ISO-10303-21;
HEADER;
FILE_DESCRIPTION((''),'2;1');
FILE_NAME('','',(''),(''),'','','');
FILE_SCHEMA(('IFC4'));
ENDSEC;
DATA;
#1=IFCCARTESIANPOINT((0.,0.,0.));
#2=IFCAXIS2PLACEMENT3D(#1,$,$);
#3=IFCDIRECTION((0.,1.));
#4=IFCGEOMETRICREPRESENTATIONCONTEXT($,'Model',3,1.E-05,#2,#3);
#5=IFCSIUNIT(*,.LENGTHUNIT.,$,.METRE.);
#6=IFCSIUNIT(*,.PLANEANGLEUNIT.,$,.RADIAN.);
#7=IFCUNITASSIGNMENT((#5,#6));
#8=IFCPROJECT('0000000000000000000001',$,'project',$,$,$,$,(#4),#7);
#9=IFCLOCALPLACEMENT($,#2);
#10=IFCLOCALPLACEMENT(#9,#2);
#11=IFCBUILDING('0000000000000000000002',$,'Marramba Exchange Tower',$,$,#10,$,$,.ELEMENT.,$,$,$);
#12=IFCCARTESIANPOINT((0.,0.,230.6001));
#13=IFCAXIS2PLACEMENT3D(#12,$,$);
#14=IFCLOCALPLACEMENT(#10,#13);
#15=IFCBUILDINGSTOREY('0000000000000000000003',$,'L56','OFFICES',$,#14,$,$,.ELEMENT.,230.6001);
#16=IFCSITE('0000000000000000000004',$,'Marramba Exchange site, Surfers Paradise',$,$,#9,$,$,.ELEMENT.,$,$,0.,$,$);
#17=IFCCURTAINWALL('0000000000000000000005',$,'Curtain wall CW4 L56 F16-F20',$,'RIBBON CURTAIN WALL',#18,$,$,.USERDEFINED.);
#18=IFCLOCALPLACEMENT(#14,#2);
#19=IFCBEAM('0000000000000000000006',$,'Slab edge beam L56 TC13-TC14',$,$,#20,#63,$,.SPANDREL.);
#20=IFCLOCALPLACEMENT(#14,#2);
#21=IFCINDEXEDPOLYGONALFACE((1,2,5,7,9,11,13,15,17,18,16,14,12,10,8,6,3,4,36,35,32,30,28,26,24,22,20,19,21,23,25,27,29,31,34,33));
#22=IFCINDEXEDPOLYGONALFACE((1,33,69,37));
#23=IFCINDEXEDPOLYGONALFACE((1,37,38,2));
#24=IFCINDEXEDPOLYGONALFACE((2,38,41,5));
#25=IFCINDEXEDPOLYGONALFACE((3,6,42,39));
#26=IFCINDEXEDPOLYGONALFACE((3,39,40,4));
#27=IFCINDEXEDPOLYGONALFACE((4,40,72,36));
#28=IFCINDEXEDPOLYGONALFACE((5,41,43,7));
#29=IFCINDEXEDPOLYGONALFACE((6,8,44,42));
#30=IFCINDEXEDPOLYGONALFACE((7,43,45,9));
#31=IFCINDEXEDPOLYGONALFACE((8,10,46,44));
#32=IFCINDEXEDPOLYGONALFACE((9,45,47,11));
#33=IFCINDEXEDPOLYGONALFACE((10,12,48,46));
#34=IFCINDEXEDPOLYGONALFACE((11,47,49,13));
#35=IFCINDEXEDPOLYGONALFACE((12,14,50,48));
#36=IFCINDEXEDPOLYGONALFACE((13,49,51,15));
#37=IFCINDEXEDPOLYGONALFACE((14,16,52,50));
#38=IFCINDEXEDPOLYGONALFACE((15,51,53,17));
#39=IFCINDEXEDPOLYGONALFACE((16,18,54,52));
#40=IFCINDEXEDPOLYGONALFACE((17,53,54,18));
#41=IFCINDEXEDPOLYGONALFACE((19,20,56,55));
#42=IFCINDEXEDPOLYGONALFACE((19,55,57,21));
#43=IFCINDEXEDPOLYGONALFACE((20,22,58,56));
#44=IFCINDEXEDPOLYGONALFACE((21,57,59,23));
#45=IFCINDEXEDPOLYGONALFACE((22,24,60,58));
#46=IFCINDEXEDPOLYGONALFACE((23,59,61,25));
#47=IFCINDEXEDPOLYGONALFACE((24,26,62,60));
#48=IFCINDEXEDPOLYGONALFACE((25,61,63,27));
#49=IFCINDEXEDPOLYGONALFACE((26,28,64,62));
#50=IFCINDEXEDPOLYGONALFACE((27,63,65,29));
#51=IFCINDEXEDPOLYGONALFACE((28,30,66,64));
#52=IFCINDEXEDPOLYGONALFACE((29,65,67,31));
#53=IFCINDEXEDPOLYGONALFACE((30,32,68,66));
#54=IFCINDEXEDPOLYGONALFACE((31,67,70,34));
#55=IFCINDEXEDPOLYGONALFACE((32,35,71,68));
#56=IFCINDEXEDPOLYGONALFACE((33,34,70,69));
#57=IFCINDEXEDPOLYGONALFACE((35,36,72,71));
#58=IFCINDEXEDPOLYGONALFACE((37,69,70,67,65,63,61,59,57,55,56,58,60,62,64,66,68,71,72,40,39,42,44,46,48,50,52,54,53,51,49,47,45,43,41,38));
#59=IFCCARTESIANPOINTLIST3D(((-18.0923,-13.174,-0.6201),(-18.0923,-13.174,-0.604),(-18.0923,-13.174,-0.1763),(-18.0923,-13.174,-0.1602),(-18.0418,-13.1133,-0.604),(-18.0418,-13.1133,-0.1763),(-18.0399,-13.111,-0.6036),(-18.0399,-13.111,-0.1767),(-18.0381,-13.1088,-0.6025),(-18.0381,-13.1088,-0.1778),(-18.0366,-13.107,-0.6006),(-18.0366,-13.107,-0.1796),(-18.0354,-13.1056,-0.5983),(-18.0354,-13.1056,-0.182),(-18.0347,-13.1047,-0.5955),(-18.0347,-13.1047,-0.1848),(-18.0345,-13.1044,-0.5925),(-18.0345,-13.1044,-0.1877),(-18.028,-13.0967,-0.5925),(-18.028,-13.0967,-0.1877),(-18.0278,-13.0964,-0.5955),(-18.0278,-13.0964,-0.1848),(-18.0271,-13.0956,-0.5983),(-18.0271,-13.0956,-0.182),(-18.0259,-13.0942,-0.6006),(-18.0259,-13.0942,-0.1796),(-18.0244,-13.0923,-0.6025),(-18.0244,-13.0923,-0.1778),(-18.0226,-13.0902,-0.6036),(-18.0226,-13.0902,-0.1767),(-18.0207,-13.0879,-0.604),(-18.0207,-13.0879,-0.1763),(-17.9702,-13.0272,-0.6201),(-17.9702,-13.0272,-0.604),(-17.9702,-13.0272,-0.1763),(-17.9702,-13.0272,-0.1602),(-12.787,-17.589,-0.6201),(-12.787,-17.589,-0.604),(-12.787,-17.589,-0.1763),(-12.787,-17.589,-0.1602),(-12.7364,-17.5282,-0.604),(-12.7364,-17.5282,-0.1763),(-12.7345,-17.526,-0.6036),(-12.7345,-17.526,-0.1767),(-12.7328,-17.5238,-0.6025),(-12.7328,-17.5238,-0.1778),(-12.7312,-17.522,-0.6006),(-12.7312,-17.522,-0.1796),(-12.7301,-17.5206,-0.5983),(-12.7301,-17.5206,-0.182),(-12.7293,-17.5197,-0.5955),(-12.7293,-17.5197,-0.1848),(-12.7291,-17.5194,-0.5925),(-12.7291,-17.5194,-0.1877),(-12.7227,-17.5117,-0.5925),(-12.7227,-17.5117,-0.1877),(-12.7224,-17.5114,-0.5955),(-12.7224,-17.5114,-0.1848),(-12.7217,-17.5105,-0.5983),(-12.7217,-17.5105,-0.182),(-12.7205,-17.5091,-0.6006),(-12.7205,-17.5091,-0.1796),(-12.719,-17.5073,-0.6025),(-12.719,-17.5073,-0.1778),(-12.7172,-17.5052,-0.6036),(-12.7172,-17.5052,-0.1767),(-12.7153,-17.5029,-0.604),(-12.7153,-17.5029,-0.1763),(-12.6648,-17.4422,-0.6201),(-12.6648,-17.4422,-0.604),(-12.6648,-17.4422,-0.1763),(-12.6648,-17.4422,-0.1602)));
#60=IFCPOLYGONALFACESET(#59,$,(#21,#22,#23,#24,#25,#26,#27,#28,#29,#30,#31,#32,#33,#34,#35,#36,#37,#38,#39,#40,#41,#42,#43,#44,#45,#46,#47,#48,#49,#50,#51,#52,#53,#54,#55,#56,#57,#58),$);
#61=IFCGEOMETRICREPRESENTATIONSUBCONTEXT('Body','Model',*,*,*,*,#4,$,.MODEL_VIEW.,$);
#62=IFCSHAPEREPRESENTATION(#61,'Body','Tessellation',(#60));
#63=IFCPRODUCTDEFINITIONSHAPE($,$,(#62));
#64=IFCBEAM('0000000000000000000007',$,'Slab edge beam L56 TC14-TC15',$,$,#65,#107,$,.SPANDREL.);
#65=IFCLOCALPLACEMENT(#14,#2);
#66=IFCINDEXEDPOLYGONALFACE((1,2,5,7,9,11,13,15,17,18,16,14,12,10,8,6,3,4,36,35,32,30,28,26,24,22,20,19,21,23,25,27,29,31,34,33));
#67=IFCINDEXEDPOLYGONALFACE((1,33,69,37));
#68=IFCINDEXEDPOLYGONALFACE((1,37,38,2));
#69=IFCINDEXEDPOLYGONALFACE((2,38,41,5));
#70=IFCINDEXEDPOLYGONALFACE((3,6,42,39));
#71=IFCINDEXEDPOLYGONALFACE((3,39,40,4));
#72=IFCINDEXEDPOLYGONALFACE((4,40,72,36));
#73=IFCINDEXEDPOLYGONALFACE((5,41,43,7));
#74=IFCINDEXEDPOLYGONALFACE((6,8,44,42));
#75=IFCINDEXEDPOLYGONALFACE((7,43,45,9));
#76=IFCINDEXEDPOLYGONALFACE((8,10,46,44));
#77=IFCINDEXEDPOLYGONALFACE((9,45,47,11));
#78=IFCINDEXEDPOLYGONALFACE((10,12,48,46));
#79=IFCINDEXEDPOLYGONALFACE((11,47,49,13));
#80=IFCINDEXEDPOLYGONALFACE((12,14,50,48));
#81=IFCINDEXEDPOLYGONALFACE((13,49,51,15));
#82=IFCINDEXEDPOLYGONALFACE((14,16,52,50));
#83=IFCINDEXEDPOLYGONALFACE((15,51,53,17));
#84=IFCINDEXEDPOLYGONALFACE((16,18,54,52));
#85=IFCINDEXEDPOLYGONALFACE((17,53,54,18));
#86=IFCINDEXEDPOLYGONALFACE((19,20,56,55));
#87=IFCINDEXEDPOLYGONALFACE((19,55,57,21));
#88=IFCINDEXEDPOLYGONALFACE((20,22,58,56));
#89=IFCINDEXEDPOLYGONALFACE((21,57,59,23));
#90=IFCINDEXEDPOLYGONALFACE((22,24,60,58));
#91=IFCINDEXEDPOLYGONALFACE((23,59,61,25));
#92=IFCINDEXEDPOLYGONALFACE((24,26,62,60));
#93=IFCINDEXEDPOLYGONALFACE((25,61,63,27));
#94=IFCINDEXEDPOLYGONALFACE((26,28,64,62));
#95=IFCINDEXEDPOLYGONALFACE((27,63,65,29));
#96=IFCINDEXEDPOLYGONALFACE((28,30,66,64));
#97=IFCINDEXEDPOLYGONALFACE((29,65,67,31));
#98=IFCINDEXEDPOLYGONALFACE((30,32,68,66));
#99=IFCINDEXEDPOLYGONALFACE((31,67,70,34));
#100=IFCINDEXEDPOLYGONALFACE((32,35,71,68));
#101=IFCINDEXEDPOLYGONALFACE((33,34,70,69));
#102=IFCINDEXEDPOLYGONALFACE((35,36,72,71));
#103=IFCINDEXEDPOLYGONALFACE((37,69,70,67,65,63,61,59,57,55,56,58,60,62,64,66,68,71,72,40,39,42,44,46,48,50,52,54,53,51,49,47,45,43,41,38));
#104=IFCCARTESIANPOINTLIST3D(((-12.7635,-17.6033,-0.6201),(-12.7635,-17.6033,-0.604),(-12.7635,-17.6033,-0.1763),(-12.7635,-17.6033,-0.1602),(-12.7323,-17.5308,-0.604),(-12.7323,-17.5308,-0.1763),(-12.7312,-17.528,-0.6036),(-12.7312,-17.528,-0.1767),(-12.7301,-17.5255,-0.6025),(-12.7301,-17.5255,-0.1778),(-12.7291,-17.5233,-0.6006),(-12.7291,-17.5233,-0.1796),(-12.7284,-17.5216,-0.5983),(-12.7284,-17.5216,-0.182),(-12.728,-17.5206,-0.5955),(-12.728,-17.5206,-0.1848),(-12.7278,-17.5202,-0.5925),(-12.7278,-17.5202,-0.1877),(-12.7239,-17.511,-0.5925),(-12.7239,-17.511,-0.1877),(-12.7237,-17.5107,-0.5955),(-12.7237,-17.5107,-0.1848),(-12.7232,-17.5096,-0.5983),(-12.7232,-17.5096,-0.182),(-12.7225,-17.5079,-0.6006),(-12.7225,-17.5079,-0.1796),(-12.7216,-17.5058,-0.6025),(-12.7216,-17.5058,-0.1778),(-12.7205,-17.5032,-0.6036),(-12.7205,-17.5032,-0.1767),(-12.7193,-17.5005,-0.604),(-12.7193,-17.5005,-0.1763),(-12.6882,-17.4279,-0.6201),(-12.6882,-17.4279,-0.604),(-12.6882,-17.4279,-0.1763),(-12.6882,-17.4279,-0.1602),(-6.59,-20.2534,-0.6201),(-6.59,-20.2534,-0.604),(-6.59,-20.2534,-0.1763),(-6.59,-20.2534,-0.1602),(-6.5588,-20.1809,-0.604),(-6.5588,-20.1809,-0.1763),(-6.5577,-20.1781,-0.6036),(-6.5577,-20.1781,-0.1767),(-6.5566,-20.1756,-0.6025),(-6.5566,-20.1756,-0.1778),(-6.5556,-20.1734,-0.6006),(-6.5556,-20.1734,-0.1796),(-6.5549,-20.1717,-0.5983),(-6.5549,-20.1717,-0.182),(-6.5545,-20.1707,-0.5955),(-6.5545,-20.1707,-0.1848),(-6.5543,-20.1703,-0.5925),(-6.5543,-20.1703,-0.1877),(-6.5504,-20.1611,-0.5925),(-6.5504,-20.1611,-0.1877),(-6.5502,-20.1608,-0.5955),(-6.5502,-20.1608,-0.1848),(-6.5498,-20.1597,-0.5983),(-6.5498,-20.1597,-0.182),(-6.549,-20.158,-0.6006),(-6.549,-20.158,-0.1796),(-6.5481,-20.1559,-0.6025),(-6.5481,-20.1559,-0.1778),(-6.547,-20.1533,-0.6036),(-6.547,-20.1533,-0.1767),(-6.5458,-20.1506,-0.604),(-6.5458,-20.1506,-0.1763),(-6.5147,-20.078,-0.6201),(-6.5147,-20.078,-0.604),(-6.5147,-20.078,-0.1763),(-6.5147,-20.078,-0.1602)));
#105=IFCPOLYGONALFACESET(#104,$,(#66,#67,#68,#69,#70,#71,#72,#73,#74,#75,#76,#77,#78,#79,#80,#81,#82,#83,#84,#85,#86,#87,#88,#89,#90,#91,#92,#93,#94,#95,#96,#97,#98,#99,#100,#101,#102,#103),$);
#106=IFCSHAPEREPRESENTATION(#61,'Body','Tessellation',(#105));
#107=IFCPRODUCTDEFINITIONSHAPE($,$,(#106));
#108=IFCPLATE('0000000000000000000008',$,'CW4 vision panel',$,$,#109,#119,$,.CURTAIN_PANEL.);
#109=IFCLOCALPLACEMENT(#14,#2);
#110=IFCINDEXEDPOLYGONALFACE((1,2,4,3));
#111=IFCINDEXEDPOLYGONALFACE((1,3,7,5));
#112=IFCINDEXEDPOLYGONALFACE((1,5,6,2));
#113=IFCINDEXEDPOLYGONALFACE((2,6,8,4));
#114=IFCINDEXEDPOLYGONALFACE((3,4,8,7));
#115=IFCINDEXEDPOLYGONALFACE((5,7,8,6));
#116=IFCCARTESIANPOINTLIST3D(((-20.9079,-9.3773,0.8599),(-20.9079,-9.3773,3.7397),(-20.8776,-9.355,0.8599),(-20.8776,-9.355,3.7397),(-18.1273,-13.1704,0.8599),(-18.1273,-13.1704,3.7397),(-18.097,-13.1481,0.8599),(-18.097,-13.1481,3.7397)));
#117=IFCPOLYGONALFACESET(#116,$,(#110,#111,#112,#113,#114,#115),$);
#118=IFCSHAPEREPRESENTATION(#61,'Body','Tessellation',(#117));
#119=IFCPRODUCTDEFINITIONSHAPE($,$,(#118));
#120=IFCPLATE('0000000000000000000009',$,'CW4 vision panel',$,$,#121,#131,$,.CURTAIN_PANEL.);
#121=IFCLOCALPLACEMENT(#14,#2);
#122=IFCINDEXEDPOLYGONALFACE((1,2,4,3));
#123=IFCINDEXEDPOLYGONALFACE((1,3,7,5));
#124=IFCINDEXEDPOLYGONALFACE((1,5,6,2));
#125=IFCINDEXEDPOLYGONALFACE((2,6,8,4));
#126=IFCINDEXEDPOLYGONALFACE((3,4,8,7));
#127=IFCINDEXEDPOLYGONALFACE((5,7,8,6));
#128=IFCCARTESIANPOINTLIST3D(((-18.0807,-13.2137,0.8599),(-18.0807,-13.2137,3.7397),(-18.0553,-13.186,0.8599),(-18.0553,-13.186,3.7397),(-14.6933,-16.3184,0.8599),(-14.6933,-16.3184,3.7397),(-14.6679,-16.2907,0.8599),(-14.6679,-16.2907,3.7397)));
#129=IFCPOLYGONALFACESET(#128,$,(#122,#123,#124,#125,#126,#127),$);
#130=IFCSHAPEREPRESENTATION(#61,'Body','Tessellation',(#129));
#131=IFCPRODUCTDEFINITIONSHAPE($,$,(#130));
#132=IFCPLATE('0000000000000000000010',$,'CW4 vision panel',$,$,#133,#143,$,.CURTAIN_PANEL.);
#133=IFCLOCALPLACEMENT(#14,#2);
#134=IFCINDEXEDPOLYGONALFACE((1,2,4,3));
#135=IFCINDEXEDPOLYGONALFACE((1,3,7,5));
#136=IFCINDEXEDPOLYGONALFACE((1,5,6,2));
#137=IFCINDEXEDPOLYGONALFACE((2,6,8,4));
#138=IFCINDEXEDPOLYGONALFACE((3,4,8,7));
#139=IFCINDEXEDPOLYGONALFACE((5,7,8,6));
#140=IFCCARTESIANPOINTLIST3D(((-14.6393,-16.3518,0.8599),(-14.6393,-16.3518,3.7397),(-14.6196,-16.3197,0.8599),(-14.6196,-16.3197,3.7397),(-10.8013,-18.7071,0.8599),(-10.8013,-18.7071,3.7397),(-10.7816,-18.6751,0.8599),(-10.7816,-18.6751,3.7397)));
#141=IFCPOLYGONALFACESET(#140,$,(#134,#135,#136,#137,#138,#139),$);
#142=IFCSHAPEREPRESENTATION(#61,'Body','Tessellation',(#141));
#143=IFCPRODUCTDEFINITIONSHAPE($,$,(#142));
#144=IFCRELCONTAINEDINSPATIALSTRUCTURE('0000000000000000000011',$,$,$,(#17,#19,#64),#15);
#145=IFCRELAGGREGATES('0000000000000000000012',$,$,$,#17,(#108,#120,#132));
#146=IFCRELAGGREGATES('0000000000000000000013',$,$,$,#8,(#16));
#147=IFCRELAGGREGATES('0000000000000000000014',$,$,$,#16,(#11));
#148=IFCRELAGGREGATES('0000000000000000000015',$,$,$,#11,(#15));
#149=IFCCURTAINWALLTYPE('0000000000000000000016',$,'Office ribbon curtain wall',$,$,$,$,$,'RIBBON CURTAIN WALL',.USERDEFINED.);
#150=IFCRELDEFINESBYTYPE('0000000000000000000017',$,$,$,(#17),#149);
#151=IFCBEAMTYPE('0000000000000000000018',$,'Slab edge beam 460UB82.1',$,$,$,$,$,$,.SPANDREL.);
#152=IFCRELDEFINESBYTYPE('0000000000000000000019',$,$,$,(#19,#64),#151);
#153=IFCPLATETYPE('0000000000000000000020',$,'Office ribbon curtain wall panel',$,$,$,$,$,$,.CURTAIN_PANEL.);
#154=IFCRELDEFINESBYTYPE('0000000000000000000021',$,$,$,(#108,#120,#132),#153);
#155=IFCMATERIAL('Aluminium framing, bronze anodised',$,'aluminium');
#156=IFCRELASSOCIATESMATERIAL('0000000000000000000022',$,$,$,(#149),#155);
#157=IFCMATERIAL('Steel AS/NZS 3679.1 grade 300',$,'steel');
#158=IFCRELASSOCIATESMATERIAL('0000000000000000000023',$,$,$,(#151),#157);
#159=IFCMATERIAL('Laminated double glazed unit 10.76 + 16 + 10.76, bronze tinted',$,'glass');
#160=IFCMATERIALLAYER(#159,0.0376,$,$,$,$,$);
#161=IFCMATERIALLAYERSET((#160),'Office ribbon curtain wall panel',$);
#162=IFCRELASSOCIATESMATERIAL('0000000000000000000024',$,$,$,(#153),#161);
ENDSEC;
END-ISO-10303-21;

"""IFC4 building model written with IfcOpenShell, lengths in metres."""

from ifc_helpers import new_model, si_unit, direction, frame, origin, origin_2d, place, context, subcontext, project, spatial, rectangle, i_section, extrude, material, layer, layer_set, material_profile, profile_set, type_object, element, aggregate, save


model = new_model("IFC4")

# Units and contexts
model_context = context("Model", 3, precision=1e-05, world=origin(), true_north=direction((0.0, 1.0)))
body_context = subcontext(model_context, "Body", "Model", "MODEL_VIEW")
ifc_project = project(units=[si_unit("LENGTHUNIT", "METRE"), si_unit("PLANEANGLEUNIT", "RADIAN")], contexts=[model_context])

# Site, building, storey
site_placement = place(None, origin())
site = spatial("IfcSite", under=ifc_project, at=site_placement, Name="Marramba Exchange site, Surfers Paradise", CompositionType="ELEMENT", RefElevation=0.0)
building_placement = place(site_placement, origin())
building = spatial("IfcBuilding", under=site, at=building_placement, Name="Marramba Exchange Tower", CompositionType="ELEMENT")
storey_placement = place(building_placement, frame((0.0, 0.0, 230.6001)))
storey = spatial("IfcBuildingStorey", under=building, at=storey_placement, Name="L56", Description="OFFICES", CompositionType="ELEMENT", Elevation=230.6001)

# Curtain wall
ifc_material_1 = material(Name="Aluminium framing, bronze anodised", Category="aluminium")
curtain_wall_type = type_object("IfcCurtainWallType", Name="Office ribbon curtain wall", ElementType="RIBBON CURTAIN WALL", PredefinedType="USERDEFINED", material=ifc_material_1)
curtain_wall_placement = place(storey_placement, origin())
curtain_wall = element("IfcCurtainWall", 1, at=curtain_wall_placement, inside=storey, type_object=curtain_wall_type, Name="Curtain wall CW4 L56 F16-F20", ObjectType="RIBBON CURTAIN WALL", PredefinedType="USERDEFINED")

# Beams
ifc_material_2 = material(Name="Steel AS/NZS 3679.1 grade 300", Category="steel")
ifc_material_profile_1 = material_profile(ifc_material_2, i_section(OverallWidth=0.1909, OverallDepth=0.46, WebThickness=0.01, FlangeThickness=0.0161, FilletRadius=0.0115, at=origin_2d()), Name="460UB82.1")
ifc_profile_set_1 = profile_set([ifc_material_profile_1], Name="Steel AS/NZS 3679.1 grade 300")
beam_type_1 = type_object("IfcBeamType", Name="Slab edge beam 460UB82.1", PredefinedType="SPANDREL", material=ifc_profile_set_1)
beam_1_placement = place(storey_placement, frame((-18.0312, -13.1006, -0.3901), z_axis=(0.768659, -0.639659, 0.0), x_axis=(0.639659, 0.768659, 0.0)))
element("IfcBeam", 2, at=beam_1_placement, inside=storey, type_object=beam_type_1, Name="Slab edge beam L56 TC13-TC14", PredefinedType="SPANDREL", context=body_context, shape_type="SweptSolid", body=[
    extrude(i_section(OverallWidth=0.1909, OverallDepth=0.46, WebThickness=0.01, FlangeThickness=0.0161, FilletRadius=0.0115, at=origin_2d()), origin(), (0.0, 0.0, 1.0), 6.9021),
])
beam_2_placement = place(storey_placement, frame((-12.7258, -17.5156, -0.3901), z_axis=(0.918912, -0.394463, 0.0), x_axis=(0.394463, 0.918912, 0.0)))
element("IfcBeam", 3, at=beam_2_placement, inside=storey, type_object=beam_type_1, Name="Slab edge beam L56 TC14-TC15", PredefinedType="SPANDREL", context=body_context, shape_type="SweptSolid", body=[
    extrude(i_section(OverallWidth=0.1909, OverallDepth=0.46, WebThickness=0.01, FlangeThickness=0.0161, FilletRadius=0.0115, at=origin_2d()), origin(), (0.0, 0.0, 1.0), 6.7183),
])

# Plates
ifc_material_3 = material(Name="Laminated double glazed unit 10.76 + 16 + 10.76, bronze tinted", Category="glass")
ifc_layer_1 = layer(ifc_material_3, 0.0376)
ifc_layer_set_1 = layer_set([ifc_layer_1], Name="Office ribbon curtain wall panel")
plate_type = type_object("IfcPlateType", Name="Office ribbon curtain wall panel", PredefinedType="CURTAIN_PANEL", material=ifc_layer_set_1)
plate_1_placement = place(storey_placement, frame((-19.5024, -11.2627, 0.8599), z_axis=(0.0, 0.0, 1.0), x_axis=(0.591223, -0.806508, 0.0)))
plate_1 = element("IfcPlate", 4, at=plate_1_placement, type_object=plate_type, Name="CW4 vision panel", PredefinedType="CURTAIN_PANEL", context=body_context, shape_type="SweptSolid", body=[
    extrude(rectangle(XDim=4.7031, YDim=0.0376, at=origin_2d()), origin(), (0.0, 0.0, 1.0), 2.8799),
])
plate_2_placement = place(storey_placement, frame((-16.3743, -14.7522, 0.8599), z_axis=(0.0, 0.0, 1.0), x_axis=(0.737203, -0.675671, 0.0)))
plate_2 = element("IfcPlate", 5, at=plate_2_placement, type_object=plate_type, Name="CW4 vision panel", PredefinedType="CURTAIN_PANEL", context=body_context, shape_type="SweptSolid", body=[
    extrude(rectangle(XDim=4.595, YDim=0.0376, at=origin_2d()), origin(), (0.0, 0.0, 1.0), 2.8799),
])
plate_3_placement = place(storey_placement, frame((-12.7104, -17.5134, 0.8599), z_axis=(0.0, 0.0, 1.0), x_axis=(0.852301, -0.523052, 0.0)))
plate_3 = element("IfcPlate", 6, at=plate_3_placement, type_object=plate_type, Name="CW4 vision panel", PredefinedType="CURTAIN_PANEL", context=body_context, shape_type="SweptSolid", body=[
    extrude(rectangle(XDim=4.5032, YDim=0.0376, at=origin_2d()), origin(), (0.0, 0.0, 1.0), 2.8799),
])
aggregate(curtain_wall, [plate_1, plate_2, plate_3])

save(model, "model.ifc")
